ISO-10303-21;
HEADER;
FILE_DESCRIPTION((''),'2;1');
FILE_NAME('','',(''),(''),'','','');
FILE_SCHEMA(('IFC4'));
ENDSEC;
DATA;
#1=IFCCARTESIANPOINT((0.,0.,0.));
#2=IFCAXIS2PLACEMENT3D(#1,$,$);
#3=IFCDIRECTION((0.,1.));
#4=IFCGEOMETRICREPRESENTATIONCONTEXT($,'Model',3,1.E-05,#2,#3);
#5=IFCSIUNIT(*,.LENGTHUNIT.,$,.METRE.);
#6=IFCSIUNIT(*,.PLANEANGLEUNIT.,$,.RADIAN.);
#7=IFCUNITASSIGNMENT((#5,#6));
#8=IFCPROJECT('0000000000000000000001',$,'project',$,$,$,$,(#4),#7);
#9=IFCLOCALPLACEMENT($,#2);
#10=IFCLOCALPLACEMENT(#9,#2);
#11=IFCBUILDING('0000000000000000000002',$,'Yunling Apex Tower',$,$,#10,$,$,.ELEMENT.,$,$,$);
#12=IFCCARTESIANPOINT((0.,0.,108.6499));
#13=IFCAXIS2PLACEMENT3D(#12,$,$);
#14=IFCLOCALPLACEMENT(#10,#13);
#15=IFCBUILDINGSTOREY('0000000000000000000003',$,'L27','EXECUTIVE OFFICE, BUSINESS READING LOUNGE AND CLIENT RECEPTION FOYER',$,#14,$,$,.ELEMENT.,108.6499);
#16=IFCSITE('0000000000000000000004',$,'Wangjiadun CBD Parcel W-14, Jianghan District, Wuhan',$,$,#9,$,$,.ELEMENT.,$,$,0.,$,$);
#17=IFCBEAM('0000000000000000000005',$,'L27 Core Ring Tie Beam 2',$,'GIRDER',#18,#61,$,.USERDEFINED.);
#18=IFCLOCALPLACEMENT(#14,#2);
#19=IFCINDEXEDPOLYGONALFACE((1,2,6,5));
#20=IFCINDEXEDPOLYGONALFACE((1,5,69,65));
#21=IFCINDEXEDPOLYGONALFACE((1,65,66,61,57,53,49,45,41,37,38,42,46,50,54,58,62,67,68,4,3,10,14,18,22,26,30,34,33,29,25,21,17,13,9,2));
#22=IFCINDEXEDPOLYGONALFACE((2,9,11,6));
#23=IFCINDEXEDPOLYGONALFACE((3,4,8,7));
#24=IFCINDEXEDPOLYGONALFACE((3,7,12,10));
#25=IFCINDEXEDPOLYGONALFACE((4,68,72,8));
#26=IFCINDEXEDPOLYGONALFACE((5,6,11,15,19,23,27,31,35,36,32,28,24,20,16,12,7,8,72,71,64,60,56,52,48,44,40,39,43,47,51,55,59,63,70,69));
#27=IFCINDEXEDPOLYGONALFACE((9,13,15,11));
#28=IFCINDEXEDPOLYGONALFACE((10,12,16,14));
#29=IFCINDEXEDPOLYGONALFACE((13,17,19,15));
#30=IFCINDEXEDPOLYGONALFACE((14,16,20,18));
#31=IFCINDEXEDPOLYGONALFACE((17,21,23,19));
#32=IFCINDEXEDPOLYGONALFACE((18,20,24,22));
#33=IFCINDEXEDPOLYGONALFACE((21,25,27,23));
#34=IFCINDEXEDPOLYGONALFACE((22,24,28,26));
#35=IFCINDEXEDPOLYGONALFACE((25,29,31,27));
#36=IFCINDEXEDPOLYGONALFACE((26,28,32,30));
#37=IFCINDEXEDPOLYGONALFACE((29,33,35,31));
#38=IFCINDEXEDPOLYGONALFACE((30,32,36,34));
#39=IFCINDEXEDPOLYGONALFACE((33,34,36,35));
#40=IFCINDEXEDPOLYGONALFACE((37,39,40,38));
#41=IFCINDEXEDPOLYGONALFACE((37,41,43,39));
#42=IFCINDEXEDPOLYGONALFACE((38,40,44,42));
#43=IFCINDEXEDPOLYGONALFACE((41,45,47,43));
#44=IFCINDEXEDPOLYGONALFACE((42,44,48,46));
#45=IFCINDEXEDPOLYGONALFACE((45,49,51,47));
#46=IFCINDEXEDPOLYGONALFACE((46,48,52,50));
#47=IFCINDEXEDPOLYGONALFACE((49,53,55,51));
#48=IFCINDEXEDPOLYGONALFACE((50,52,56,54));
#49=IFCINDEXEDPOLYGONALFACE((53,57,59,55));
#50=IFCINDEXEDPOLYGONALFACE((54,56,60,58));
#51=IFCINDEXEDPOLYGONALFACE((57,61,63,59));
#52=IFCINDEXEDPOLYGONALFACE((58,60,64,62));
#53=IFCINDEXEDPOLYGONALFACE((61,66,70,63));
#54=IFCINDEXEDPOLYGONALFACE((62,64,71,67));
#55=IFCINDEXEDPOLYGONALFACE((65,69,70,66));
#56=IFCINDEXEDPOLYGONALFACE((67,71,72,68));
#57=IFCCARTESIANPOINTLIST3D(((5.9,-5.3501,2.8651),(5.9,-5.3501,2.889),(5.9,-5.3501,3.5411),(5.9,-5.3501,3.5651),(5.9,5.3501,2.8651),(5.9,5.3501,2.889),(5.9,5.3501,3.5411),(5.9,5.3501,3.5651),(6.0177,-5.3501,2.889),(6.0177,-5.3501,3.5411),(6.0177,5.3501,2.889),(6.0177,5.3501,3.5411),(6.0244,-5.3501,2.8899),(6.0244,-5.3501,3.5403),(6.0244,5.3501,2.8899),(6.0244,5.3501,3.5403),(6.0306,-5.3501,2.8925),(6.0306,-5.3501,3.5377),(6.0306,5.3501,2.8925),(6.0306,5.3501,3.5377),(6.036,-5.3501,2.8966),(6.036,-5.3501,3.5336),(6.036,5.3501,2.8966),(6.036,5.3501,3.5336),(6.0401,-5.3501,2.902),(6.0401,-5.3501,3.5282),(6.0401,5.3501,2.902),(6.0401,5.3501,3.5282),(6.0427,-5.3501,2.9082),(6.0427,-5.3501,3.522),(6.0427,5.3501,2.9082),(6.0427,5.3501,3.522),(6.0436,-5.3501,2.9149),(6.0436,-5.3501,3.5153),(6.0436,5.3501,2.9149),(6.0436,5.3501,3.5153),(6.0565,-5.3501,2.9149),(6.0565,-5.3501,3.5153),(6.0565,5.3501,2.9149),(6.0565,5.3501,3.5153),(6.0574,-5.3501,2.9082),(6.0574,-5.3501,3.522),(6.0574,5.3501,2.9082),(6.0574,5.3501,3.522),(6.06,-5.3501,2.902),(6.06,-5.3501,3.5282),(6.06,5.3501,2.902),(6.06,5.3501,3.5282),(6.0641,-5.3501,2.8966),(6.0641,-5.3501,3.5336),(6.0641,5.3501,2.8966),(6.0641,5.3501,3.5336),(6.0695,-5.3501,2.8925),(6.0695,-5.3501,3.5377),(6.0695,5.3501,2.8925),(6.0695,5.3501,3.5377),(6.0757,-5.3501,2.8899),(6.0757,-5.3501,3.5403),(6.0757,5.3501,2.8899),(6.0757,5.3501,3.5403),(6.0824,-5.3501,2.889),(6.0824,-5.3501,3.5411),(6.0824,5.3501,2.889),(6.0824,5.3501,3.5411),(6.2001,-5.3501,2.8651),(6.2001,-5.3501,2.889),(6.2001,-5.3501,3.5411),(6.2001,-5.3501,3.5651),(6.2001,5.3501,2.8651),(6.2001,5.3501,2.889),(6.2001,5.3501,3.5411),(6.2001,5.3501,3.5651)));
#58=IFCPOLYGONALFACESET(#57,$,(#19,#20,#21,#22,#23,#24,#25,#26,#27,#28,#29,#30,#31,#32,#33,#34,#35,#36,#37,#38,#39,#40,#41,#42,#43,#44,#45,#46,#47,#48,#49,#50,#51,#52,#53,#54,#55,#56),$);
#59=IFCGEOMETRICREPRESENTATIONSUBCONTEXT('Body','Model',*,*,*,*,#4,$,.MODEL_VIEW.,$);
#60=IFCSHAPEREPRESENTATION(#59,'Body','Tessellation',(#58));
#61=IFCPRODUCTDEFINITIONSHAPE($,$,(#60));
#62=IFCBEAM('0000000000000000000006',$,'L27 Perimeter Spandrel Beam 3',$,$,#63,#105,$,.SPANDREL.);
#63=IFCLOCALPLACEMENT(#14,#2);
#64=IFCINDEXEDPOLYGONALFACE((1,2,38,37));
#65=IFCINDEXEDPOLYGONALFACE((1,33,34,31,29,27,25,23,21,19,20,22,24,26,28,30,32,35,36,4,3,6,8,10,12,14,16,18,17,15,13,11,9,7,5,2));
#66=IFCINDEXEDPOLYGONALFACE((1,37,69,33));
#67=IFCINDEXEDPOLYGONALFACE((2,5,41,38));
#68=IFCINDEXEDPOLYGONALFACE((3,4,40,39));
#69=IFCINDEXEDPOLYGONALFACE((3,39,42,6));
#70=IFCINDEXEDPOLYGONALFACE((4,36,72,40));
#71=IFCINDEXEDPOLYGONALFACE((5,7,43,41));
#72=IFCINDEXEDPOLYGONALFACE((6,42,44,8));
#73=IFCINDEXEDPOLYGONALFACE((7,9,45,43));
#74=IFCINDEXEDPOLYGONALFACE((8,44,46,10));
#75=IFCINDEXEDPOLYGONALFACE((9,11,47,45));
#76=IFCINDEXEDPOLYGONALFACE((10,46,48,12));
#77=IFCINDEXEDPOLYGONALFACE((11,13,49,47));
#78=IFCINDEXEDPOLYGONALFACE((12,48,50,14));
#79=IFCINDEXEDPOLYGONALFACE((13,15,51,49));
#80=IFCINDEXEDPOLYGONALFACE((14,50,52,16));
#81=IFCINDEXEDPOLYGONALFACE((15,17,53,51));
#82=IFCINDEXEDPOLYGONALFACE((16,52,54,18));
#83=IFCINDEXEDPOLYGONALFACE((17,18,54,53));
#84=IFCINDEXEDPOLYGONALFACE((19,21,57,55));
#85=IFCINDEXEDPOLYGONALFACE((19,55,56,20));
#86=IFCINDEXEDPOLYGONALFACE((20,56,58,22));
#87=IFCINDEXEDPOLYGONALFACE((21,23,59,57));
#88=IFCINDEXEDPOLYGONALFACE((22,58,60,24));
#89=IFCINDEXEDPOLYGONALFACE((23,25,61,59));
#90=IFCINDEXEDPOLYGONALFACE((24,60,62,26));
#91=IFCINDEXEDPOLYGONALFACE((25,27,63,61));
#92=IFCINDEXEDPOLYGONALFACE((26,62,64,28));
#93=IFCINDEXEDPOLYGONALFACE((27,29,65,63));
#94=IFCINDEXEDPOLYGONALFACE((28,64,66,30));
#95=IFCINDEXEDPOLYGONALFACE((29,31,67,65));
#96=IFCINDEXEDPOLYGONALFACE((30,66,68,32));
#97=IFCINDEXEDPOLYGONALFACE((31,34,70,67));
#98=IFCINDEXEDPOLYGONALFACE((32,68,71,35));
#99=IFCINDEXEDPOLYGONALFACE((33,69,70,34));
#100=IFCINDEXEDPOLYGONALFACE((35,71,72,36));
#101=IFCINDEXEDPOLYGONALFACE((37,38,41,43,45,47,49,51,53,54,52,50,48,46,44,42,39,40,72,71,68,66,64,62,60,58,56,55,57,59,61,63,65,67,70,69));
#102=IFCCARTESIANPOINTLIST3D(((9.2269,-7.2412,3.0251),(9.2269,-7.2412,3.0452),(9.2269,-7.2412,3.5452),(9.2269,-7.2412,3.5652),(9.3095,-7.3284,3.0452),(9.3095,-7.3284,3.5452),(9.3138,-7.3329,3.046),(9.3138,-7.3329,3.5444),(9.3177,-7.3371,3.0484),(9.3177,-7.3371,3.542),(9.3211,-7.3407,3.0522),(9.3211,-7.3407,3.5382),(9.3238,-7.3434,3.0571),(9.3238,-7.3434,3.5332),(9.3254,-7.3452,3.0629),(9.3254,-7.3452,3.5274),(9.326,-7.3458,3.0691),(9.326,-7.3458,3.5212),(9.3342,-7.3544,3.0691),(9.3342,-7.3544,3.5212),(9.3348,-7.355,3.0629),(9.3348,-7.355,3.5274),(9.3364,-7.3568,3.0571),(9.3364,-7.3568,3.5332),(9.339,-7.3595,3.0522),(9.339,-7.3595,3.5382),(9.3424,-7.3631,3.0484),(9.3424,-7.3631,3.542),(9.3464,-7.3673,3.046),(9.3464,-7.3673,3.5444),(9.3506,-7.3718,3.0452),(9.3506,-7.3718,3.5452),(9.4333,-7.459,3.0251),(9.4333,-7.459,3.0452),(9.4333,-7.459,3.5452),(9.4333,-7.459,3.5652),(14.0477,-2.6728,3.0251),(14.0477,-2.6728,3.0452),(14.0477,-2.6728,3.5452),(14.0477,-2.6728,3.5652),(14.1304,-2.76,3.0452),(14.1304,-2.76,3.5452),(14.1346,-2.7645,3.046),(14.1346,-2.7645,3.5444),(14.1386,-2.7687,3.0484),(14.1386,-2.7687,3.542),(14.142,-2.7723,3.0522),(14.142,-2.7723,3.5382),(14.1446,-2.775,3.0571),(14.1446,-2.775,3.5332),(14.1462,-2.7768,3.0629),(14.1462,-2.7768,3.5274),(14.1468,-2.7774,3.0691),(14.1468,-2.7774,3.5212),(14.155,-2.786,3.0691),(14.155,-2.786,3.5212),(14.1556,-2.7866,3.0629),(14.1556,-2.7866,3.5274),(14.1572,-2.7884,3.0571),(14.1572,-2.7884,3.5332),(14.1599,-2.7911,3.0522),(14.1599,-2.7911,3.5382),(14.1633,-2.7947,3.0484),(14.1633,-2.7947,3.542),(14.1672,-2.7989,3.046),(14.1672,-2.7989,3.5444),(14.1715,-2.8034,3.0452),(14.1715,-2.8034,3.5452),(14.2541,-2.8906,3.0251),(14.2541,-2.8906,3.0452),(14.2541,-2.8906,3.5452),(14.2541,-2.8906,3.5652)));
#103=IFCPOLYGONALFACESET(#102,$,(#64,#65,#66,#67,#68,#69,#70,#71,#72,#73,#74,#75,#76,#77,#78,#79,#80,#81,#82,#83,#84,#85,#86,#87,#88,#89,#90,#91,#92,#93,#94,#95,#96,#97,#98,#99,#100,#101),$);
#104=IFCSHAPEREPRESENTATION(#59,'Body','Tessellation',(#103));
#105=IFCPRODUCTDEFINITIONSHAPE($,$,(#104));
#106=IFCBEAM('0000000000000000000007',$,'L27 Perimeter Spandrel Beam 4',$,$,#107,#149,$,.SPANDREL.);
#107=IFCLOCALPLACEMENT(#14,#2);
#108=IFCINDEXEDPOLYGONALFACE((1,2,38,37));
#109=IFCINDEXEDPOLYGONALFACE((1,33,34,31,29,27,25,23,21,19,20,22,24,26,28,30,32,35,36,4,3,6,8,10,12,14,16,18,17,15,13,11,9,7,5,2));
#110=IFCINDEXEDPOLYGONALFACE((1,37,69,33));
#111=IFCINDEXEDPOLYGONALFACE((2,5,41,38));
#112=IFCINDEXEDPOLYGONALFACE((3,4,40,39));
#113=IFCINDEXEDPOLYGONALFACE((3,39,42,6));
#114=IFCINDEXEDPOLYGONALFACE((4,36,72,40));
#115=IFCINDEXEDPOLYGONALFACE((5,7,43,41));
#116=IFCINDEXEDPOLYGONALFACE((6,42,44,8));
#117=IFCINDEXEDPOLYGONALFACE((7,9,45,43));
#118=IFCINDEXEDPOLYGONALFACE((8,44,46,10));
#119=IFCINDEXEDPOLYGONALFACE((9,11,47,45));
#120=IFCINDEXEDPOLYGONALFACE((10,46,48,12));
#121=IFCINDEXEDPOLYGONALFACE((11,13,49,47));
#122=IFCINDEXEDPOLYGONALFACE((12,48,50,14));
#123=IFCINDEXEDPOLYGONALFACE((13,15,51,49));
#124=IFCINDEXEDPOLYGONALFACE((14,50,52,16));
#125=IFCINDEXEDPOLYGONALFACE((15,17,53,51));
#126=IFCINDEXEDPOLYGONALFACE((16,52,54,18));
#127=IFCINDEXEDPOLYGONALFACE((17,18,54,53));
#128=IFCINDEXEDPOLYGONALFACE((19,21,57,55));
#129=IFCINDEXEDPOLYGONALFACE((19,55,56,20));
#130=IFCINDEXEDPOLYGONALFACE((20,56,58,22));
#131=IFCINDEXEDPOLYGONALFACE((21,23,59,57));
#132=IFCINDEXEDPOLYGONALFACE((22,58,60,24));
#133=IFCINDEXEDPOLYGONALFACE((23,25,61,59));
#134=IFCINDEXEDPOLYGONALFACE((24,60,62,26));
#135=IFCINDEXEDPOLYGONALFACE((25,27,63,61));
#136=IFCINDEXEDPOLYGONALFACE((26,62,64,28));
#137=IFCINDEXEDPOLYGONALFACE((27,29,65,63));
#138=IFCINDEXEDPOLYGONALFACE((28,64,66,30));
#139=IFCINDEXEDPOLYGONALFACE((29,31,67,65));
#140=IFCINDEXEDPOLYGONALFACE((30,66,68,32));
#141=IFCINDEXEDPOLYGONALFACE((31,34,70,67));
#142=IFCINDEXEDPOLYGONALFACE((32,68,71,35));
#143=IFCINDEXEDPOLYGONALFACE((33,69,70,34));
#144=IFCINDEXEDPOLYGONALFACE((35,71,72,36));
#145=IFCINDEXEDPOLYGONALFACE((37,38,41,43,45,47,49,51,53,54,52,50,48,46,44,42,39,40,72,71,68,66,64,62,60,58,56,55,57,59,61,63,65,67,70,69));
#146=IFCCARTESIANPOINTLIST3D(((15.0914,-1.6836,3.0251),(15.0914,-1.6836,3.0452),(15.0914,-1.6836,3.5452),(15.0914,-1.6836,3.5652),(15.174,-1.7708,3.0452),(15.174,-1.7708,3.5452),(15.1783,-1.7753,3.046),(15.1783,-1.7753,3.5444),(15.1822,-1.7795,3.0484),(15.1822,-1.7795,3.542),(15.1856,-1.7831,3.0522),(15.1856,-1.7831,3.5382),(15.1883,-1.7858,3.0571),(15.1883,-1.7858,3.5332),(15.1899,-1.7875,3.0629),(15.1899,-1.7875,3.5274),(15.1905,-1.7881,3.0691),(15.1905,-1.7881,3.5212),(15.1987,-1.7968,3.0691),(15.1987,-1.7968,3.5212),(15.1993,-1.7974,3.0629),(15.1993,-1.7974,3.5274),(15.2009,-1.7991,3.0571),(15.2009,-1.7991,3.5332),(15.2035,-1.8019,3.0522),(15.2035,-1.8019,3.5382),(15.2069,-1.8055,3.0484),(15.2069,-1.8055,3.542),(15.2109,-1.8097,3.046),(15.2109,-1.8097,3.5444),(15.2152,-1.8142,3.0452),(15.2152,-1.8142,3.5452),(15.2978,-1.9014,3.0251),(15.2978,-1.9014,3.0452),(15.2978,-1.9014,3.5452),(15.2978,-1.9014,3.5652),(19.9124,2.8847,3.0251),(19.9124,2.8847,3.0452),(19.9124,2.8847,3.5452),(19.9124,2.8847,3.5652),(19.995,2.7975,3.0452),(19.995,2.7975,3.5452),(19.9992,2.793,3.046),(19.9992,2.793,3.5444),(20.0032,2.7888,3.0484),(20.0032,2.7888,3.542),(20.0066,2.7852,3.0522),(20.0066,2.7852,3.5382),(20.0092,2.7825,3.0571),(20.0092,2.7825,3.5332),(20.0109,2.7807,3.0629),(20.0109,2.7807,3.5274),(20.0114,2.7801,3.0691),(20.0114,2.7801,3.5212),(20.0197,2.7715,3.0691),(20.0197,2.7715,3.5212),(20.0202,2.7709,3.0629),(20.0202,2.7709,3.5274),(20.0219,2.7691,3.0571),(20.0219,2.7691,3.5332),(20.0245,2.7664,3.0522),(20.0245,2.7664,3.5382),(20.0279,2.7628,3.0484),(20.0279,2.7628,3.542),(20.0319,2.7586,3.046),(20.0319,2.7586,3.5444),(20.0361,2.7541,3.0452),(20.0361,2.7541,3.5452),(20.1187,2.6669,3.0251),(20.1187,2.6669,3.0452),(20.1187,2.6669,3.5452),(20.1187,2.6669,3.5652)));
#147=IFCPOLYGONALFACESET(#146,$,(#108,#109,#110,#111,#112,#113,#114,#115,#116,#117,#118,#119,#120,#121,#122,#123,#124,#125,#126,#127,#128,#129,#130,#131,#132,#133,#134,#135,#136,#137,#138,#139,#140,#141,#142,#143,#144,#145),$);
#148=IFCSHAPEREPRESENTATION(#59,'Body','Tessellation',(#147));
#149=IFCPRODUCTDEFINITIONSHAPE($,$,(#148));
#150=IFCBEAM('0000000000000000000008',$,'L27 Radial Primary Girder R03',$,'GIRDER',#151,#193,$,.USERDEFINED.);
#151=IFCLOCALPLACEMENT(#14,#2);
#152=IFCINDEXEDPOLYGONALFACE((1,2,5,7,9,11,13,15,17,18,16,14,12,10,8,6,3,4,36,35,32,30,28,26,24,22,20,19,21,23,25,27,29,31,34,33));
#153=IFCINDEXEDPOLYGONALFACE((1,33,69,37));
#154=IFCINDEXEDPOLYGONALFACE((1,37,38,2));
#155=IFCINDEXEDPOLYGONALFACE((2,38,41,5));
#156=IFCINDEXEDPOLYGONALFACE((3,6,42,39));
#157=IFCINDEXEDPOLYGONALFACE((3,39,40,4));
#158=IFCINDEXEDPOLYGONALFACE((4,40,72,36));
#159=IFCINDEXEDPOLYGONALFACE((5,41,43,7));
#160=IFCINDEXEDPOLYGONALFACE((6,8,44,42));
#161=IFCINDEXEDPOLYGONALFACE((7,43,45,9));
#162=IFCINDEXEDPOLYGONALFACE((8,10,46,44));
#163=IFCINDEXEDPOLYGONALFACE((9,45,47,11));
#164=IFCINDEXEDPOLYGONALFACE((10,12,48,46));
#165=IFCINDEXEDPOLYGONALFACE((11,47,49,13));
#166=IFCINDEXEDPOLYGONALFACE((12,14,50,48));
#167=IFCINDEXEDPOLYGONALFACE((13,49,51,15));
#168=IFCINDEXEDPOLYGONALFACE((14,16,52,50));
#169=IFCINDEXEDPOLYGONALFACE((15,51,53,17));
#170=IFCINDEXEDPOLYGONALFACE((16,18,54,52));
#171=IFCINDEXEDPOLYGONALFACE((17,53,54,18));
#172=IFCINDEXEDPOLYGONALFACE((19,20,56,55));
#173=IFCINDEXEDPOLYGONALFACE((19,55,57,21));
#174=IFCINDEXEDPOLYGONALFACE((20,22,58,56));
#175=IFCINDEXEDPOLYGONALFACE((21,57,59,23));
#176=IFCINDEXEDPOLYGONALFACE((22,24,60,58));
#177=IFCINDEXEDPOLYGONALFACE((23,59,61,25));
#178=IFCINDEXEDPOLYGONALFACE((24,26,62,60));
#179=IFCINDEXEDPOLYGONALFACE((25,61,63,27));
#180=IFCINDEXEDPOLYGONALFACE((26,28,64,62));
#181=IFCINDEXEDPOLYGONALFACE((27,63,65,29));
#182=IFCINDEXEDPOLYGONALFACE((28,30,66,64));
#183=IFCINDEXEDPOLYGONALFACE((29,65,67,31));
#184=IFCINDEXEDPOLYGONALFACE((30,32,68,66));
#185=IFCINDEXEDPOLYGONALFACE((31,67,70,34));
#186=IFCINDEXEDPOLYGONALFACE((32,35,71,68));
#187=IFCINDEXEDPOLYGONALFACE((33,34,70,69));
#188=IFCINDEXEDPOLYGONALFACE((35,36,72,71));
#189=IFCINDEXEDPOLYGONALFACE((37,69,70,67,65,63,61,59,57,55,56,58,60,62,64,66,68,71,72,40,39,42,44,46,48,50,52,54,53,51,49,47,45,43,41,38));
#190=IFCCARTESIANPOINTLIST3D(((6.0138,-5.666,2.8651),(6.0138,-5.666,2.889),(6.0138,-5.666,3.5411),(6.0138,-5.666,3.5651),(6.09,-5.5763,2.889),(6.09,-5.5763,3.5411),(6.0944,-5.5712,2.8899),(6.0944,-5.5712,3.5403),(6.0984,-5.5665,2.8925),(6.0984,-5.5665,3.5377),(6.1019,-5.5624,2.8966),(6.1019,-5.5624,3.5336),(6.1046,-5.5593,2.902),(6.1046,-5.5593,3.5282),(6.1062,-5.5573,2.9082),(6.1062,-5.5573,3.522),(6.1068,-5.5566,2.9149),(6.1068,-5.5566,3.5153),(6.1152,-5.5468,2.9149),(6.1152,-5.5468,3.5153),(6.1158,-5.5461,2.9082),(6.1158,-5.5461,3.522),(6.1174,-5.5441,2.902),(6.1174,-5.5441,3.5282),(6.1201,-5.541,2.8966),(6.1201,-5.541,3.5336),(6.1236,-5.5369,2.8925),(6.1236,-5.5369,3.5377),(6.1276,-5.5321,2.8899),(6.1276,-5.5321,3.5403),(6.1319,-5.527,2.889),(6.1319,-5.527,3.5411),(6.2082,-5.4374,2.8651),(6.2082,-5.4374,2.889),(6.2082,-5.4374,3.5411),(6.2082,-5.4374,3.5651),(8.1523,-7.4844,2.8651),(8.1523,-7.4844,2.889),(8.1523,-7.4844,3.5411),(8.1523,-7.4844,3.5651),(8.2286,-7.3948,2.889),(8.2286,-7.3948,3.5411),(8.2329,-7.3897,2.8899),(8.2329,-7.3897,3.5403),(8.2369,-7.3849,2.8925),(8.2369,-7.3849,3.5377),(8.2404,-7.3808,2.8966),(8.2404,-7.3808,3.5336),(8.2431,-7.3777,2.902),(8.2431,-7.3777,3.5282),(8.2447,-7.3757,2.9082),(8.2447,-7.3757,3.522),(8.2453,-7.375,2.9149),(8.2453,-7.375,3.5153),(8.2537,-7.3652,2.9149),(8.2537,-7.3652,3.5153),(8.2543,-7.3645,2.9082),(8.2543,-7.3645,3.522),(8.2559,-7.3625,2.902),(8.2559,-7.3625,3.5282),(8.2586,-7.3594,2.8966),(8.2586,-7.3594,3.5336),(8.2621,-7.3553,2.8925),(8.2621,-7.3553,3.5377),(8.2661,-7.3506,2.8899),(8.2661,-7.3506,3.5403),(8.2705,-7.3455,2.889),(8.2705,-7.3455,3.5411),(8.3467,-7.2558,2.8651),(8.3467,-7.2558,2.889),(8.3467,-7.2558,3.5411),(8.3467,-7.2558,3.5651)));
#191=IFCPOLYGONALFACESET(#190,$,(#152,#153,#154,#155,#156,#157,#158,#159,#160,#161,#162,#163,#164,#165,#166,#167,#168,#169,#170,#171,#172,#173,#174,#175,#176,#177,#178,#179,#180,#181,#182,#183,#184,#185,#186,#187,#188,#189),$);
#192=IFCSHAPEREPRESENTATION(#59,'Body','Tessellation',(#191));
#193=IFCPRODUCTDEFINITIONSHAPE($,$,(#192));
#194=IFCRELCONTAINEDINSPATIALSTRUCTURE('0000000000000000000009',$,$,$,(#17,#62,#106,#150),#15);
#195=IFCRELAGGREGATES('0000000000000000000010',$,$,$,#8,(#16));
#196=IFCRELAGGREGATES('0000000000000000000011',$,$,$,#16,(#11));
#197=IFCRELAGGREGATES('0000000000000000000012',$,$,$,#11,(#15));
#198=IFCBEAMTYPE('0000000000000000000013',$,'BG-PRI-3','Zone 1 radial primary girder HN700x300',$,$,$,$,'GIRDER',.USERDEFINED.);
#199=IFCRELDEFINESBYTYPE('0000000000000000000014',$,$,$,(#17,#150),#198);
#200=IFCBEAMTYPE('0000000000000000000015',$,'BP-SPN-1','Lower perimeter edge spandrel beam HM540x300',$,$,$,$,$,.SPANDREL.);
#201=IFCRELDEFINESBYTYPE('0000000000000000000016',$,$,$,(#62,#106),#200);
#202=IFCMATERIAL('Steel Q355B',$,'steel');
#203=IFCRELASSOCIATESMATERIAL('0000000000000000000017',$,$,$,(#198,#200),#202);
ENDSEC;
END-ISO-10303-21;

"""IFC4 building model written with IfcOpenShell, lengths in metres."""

from ifc_helpers import new_model, si_unit, direction, frame, origin, origin_2d, place, context, subcontext, project, spatial, i_section, extrude, source, transform, mapped, material, material_profile, profile_set, type_object, element, save


model = new_model("IFC4")

# Units and contexts
model_context = context("Model", 3, precision=1e-05, world=origin(), true_north=direction((0.0, 1.0)))
body_context = subcontext(model_context, "Body", "Model", "MODEL_VIEW")
ifc_project = project(units=[si_unit("LENGTHUNIT", "METRE"), si_unit("PLANEANGLEUNIT", "RADIAN")], contexts=[model_context])

# Site, building, storey
site_placement = place(None, origin())
site = spatial("IfcSite", under=ifc_project, at=site_placement, Name="Wangjiadun CBD Parcel W-14, Jianghan District, Wuhan", CompositionType="ELEMENT", RefElevation=0.0)
building_placement = place(site_placement, origin())
building = spatial("IfcBuilding", under=site, at=building_placement, Name="Yunling Apex Tower", CompositionType="ELEMENT")
storey_placement = place(building_placement, frame((0.0, 0.0, 108.6499)))
storey = spatial("IfcBuildingStorey", under=building, at=storey_placement, Name="L27", Description="EXECUTIVE OFFICE, BUSINESS READING LOUNGE AND CLIENT RECEPTION FOYER", CompositionType="ELEMENT", Elevation=108.6499)

# Beams
ifc_material_1 = material(Name="Steel Q355B", Category="steel")
ifc_material_profile_1 = material_profile(ifc_material_1, i_section(OverallWidth=0.3, OverallDepth=0.7, WebThickness=0.0129, FlangeThickness=0.0239, FilletRadius=0.0259, at=origin_2d()))
ifc_profile_set_1 = profile_set([ifc_material_profile_1], Name="Steel Q355B")
beam_type_1 = type_object("IfcBeamType", Name="BG-PRI-3", Description="Zone 1 radial primary girder HN700x300", ElementType="GIRDER", PredefinedType="USERDEFINED", material=ifc_profile_set_1)
shared_shape_1 = source(origin(), body_context, "Body", "SweptSolid", [
    extrude(i_section(OverallWidth=0.3, OverallDepth=0.7, WebThickness=0.0129, FlangeThickness=0.0239, FilletRadius=0.0259, at=origin_2d()), origin(), (0.0, 0.0, 1.0), 10.7002),
])
beam_1_placement = place(storey_placement, frame((6.05, -5.3501, 3.2151), z_axis=(0.0, 1.0, 0.0), x_axis=(-1.0, 0.0, 0.0)))
element("IfcBeam", 1, at=beam_1_placement, inside=storey, type_object=beam_type_1, Name="L27 Core Ring Tie Beam 2", ObjectType="GIRDER", PredefinedType="USERDEFINED", context=body_context, shape_type="MappedRepresentation", body=[
    mapped(shared_shape_1, transform((0.0, 0.0, 0.0), scale=1.0)),
])
ifc_material_profile_2 = material_profile(ifc_material_1, i_section(OverallWidth=0.3, OverallDepth=0.54, WebThickness=0.012, FlangeThickness=0.02, FilletRadius=0.0239, at=origin_2d()))
ifc_profile_set_2 = profile_set([ifc_material_profile_2], Name="Steel Q355B")
beam_type_2 = type_object("IfcBeamType", Name="BP-SPN-1", Description="Lower perimeter edge spandrel beam HM540x300", PredefinedType="SPANDREL", material=ifc_profile_set_2)
shared_shape_2 = source(origin(), body_context, "Body", "SweptSolid", [
    extrude(i_section(OverallWidth=0.3, OverallDepth=0.54, WebThickness=0.012, FlangeThickness=0.02, FilletRadius=0.0239, at=origin_2d()), origin(), (0.0, 0.0, 1.0), 6.6416),
])
for number, where, z_axis, x_axis, name in (
    (2, (9.3301, -7.3501, 3.2952), (0.725856, 0.687847, 0.0), (-0.687847, 0.725856, 0.0), "L27 Perimeter Spandrel Beam 3"),
    (3, (15.1946, -1.7925, 3.2952), (0.725873, 0.687828, 0.0), (-0.687828, 0.725873, 0.0), "L27 Perimeter Spandrel Beam 4"),
):
    element("IfcBeam", number, at=place(storey_placement, frame(where, z_axis=z_axis, x_axis=x_axis)), inside=storey, type_object=beam_type_2, Name=name, PredefinedType="SPANDREL", context=body_context, shape_type="MappedRepresentation", body=[
        mapped(shared_shape_2, transform((0.0, 0.0, 0.0), scale=1.0)),
    ])
shared_shape_3 = source(origin(), body_context, "Body", "SweptSolid", [
    extrude(i_section(OverallWidth=0.3, OverallDepth=0.7, WebThickness=0.0129, FlangeThickness=0.0239, FilletRadius=0.0259, at=origin_2d()), origin(), (0.0, 0.0, 1.0), 2.8071),
])
beam_2_placement = place(storey_placement, frame((8.2495, -7.3701, 3.2151), z_axis=(-0.761817, 0.647792, 0.0), x_axis=(-0.647792, -0.761817, 0.0)))
element("IfcBeam", 4, at=beam_2_placement, inside=storey, type_object=beam_type_1, Name="L27 Radial Primary Girder R03", ObjectType="GIRDER", PredefinedType="USERDEFINED", context=body_context, shape_type="MappedRepresentation", body=[
    mapped(shared_shape_3, transform((0.0, 0.0, 0.0), scale=1.0)),
])

save(model, "model.ifc")
